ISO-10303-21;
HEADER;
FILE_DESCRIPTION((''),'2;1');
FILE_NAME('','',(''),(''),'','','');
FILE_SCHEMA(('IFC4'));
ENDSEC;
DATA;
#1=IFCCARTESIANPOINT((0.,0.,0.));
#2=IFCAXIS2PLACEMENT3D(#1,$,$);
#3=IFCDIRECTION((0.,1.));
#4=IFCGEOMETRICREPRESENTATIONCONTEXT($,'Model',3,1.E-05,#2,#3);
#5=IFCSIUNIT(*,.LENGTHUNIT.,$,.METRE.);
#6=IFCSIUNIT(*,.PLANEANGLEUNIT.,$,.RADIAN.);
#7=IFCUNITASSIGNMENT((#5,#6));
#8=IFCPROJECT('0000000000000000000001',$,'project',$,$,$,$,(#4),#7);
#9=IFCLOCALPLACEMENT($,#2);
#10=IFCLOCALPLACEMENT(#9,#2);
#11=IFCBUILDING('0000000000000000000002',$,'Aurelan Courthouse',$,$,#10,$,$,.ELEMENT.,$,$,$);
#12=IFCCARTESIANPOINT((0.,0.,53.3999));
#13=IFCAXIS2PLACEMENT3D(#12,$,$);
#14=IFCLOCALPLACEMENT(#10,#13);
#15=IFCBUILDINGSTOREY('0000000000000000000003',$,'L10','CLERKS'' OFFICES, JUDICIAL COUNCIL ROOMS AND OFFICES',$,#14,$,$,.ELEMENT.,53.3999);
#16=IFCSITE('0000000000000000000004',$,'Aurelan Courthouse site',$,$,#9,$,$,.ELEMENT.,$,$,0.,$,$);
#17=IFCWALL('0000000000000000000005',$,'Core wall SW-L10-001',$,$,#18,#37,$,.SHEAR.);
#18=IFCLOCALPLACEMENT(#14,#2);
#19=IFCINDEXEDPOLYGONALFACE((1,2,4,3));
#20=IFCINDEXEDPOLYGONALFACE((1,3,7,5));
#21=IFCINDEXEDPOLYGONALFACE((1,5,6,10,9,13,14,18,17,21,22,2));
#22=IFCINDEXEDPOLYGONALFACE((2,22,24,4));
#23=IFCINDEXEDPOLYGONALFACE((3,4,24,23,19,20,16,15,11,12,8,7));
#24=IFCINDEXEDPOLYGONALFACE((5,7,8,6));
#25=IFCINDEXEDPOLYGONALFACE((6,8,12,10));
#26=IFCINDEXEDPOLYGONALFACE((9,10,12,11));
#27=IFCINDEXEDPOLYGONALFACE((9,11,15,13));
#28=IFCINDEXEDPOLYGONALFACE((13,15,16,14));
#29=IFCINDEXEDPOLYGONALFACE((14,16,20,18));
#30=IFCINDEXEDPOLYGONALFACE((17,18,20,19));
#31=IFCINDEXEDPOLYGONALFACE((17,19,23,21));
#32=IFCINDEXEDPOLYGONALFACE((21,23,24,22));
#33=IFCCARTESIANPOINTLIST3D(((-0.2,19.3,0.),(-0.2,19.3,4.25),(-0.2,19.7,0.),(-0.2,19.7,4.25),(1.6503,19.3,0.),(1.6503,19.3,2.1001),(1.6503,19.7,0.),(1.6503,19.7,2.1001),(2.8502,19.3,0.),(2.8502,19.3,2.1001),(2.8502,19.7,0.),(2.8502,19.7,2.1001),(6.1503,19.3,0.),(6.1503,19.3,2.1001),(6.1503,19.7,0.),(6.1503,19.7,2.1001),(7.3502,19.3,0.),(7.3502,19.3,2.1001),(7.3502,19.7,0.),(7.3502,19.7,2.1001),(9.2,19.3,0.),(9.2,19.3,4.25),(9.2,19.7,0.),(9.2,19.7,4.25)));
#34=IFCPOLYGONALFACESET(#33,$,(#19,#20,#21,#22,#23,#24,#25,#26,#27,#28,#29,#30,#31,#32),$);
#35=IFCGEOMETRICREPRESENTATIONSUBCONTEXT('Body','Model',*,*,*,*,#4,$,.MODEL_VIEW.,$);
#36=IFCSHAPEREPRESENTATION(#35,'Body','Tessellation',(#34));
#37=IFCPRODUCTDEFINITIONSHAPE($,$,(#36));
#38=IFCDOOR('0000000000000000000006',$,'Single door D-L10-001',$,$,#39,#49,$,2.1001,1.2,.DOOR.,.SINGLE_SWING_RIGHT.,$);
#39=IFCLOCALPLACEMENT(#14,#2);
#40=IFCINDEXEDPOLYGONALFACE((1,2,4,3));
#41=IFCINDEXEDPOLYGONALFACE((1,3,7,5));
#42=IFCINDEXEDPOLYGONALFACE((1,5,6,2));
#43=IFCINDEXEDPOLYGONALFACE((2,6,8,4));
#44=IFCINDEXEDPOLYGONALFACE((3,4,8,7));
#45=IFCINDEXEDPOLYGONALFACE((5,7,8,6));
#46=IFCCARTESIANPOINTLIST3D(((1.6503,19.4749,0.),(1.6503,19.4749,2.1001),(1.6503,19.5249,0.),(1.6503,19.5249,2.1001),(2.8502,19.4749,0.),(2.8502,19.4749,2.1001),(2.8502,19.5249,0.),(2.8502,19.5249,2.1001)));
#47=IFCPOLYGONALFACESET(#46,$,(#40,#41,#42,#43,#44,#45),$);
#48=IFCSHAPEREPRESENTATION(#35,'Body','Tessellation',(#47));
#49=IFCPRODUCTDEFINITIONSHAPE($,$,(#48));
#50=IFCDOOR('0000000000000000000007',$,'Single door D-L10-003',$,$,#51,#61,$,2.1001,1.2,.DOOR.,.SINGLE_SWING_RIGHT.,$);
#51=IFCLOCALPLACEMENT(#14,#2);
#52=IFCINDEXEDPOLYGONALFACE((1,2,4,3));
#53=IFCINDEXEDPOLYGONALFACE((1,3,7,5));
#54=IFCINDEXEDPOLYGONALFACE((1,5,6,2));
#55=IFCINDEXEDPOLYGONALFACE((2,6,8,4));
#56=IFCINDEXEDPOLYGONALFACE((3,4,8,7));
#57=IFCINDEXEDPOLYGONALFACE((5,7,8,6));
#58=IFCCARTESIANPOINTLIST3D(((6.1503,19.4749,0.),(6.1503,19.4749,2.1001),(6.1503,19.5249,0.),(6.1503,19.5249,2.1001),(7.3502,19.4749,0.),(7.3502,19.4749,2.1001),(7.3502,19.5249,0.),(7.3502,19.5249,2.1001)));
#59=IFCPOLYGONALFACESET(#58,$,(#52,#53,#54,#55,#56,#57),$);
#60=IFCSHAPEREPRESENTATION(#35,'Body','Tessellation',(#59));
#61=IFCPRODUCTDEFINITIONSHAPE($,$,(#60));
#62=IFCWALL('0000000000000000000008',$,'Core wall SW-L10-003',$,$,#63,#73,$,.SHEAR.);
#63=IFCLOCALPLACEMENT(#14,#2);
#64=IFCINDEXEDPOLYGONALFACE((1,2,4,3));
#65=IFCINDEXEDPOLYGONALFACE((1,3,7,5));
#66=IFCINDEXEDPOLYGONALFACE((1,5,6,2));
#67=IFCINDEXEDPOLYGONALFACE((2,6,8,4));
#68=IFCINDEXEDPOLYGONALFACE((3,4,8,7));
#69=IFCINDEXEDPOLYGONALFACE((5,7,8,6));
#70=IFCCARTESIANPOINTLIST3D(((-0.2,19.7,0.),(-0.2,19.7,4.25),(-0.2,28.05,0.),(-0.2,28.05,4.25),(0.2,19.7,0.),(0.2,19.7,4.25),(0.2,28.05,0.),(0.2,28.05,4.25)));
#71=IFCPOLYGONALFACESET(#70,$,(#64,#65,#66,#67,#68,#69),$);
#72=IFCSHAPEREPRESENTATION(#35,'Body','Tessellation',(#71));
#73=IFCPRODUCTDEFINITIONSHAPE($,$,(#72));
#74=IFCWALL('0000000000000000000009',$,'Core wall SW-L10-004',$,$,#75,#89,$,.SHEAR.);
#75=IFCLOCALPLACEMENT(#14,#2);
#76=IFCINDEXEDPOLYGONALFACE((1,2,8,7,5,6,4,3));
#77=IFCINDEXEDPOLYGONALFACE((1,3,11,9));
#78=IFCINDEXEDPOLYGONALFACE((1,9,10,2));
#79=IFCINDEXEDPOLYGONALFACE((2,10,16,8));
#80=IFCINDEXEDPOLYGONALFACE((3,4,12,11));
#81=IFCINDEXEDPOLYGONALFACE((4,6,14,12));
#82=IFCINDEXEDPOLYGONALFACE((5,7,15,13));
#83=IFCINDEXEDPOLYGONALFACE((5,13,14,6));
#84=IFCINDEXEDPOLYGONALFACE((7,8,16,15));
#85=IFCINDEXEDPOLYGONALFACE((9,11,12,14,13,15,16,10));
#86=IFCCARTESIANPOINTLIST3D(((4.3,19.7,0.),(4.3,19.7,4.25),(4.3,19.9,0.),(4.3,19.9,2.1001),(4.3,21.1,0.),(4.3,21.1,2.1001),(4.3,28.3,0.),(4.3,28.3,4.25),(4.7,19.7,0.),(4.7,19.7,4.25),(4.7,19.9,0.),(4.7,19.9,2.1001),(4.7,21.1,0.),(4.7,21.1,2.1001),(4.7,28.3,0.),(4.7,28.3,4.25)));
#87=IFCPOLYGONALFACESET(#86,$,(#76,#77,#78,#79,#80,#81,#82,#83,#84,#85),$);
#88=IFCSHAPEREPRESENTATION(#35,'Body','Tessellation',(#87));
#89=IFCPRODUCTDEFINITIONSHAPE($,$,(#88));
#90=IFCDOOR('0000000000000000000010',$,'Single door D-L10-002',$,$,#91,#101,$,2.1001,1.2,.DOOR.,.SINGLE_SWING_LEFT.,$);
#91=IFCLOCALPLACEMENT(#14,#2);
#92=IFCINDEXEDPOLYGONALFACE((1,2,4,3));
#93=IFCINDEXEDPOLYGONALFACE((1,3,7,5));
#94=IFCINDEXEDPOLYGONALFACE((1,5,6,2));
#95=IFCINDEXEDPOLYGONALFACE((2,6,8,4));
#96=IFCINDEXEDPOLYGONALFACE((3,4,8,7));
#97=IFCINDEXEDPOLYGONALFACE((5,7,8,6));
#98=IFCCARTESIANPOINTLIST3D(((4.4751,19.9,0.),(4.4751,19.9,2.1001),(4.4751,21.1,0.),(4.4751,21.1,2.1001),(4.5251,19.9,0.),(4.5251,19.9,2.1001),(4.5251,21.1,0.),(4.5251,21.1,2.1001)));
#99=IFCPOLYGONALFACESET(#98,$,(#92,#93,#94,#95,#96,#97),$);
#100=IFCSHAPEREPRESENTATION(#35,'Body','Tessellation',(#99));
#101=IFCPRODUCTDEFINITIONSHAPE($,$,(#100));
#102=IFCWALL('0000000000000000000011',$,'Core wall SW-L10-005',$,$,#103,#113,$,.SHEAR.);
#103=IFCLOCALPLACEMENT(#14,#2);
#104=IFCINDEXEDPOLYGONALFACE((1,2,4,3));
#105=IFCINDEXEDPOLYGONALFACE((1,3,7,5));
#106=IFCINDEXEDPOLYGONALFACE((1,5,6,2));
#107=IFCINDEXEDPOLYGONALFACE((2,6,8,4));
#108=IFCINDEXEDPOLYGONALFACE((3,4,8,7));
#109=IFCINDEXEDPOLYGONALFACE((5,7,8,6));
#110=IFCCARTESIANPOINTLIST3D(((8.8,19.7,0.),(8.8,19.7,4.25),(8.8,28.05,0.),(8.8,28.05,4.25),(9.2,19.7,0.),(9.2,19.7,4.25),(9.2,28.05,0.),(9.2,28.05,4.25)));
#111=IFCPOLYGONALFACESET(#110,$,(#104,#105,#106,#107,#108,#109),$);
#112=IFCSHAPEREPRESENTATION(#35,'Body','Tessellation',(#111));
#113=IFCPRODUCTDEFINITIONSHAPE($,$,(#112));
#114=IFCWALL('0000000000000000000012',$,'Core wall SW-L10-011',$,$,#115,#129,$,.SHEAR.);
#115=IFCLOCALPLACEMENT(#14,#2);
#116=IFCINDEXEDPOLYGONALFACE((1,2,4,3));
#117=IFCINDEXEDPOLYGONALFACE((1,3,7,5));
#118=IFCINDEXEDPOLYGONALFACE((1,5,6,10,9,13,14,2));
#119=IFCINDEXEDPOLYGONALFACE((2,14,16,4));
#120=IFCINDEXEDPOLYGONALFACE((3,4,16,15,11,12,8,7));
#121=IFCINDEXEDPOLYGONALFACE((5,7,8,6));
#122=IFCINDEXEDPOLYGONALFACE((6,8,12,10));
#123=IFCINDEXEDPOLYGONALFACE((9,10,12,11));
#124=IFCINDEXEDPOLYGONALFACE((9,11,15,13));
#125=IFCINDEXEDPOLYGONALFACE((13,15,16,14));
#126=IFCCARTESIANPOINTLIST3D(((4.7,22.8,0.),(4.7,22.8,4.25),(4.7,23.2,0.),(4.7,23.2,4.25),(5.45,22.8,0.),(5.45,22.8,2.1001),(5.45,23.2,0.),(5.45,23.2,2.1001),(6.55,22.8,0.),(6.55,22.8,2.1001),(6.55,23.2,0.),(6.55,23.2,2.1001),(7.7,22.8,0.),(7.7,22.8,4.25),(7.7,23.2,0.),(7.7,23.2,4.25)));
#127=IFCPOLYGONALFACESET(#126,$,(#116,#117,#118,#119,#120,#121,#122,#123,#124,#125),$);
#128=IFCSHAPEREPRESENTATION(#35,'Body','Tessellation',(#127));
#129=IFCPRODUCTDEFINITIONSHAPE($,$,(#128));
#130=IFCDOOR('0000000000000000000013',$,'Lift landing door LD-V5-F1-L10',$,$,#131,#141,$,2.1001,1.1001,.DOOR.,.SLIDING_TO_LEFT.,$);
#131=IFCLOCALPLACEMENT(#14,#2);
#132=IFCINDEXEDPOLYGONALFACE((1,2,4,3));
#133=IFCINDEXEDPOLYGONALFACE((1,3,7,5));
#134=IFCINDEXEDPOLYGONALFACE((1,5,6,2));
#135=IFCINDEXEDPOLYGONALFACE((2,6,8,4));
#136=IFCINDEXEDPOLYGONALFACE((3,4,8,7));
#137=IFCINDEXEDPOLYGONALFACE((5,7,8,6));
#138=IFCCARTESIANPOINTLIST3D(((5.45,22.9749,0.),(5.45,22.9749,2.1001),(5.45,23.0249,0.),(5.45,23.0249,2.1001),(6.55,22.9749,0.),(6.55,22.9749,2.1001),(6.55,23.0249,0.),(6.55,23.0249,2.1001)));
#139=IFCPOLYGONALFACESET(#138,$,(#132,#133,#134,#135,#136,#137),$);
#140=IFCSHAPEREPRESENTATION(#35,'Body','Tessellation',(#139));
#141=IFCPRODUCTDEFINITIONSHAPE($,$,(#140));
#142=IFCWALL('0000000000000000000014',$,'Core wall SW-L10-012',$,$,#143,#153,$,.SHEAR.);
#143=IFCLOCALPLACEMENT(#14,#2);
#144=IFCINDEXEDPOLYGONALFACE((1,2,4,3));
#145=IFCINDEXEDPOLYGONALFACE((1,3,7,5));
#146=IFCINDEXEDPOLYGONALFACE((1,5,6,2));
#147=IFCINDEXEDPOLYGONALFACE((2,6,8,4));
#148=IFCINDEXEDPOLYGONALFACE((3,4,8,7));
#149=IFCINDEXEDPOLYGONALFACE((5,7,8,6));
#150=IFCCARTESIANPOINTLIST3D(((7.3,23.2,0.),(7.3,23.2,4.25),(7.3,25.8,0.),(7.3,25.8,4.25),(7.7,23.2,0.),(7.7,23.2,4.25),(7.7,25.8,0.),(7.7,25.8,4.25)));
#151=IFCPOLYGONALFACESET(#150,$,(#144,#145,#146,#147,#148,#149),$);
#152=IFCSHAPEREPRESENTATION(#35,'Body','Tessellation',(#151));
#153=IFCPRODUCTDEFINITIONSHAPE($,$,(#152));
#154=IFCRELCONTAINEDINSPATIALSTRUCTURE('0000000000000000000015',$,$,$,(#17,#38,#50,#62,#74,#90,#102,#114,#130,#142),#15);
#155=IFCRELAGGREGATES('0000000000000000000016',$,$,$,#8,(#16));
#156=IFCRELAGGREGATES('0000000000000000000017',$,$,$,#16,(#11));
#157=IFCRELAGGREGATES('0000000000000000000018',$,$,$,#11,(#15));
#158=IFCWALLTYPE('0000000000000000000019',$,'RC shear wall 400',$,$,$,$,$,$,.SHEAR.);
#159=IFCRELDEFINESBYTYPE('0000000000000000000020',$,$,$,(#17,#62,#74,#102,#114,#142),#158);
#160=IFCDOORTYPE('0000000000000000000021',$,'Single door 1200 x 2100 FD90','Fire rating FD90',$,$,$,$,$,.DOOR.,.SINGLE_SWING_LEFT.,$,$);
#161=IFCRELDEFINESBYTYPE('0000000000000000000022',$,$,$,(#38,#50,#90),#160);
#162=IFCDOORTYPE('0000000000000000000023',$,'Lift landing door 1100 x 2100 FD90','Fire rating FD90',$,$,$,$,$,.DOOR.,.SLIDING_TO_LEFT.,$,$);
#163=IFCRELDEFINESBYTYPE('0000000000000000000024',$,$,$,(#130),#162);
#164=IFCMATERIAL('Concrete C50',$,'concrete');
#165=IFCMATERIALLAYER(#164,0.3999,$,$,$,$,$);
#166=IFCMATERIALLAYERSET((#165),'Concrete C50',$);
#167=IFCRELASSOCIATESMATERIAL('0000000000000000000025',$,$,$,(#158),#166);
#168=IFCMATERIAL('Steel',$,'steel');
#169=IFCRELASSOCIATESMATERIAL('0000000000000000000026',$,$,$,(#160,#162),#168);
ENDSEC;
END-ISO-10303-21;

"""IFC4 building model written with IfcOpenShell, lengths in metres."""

from ifc_helpers import new_model, si_unit, direction, frame, frame_2d, origin, place, context, subcontext, project, spatial, rectangle, extrude, material, layer, layer_set, type_object, element, fill, save


model = new_model("IFC4")

# Units and contexts
model_context = context("Model", 3, precision=1e-05, world=origin(), true_north=direction((0.0, 1.0)))
body_context = subcontext(model_context, "Body", "Model", "MODEL_VIEW")
ifc_project = project(units=[si_unit("LENGTHUNIT", "METRE"), si_unit("PLANEANGLEUNIT", "RADIAN")], contexts=[model_context])

# Site, building, storey
site_placement = place(None, origin())
site = spatial("IfcSite", under=ifc_project, at=site_placement, Name="Aurelan Courthouse site", CompositionType="ELEMENT", RefElevation=0.0)
building_placement = place(site_placement, origin())
building = spatial("IfcBuilding", under=site, at=building_placement, Name="Aurelan Courthouse", CompositionType="ELEMENT")
storey_placement = place(building_placement, frame((0.0, 0.0, 53.3999)))
storey = spatial("IfcBuildingStorey", under=building, at=storey_placement, Name="L10", Description="CLERKS' OFFICES, JUDICIAL COUNCIL ROOMS AND OFFICES", CompositionType="ELEMENT", Elevation=53.3999)

# Shared definitions
ifc_material_1 = material(Name="Steel", Category="steel")

# Wall, openings, doors
ifc_material_2 = material(Name="Concrete C50", Category="concrete")
ifc_layer_1 = layer(ifc_material_2, 0.3999)
ifc_layer_set_1 = layer_set([ifc_layer_1], Name="Concrete C50")
wall_type_1 = type_object("IfcWallType", Name="RC shear wall 400", PredefinedType="SHEAR", material=ifc_layer_set_1)
wall_1_placement = place(storey_placement, frame((-0.2, 19.5, 0.0), z_axis=(0.0, 0.0, 1.0), x_axis=(1.0, 0.0, 0.0)))
wall_1 = element("IfcWall", 1, at=wall_1_placement, inside=storey, type_object=wall_type_1, Name="Core wall SW-L10-001", PredefinedType="SHEAR", context=body_context, shape_type="SweptSolid", body=[
    extrude(rectangle(XDim=9.3999, YDim=0.3999, at=frame_2d((4.7, 0.0))), origin(), (0.0, 0.0, 1.0), 4.25),
])
opening_1_placement = place(wall_1_placement, frame((1.8501, 0.0, 0.0)))
opening_1 = element("IfcOpeningElement", 2, at=opening_1_placement, cuts=wall_1, PredefinedType="OPENING", context=body_context, shape_type="SweptSolid", body=[
    extrude(rectangle(XDim=1.2, YDim=2.1001, at=frame_2d((0.6001, 1.05))), frame((0.0, 0.21, 0.0), z_axis=(0.0, -1.0, 0.0), x_axis=(1.0, 0.0, 0.0)), (0.0, 0.0, 1.0), 0.4199),
])
opening_2_placement = place(wall_1_placement, frame((6.3501, 0.0, 0.0)))
opening_2 = element("IfcOpeningElement", 3, at=opening_2_placement, cuts=wall_1, PredefinedType="OPENING", context=body_context, shape_type="SweptSolid", body=[
    extrude(rectangle(XDim=1.2, YDim=2.1001, at=frame_2d((0.6001, 1.05))), frame((0.0, 0.21, 0.0), z_axis=(0.0, -1.0, 0.0), x_axis=(1.0, 0.0, 0.0)), (0.0, 0.0, 1.0), 0.4199),
])
door_type_1 = type_object("IfcDoorType", Name="Single door 1200 x 2100 FD90", Description="Fire rating FD90", OperationType="SINGLE_SWING_LEFT", PredefinedType="DOOR", material=ifc_material_1)
door_1_placement = place(opening_1_placement, origin())
door_1 = element("IfcDoor", 4, at=door_1_placement, inside=storey, type_object=door_type_1, Name="Single door D-L10-001", OperationType="SINGLE_SWING_RIGHT", OverallHeight=2.1001, OverallWidth=1.2, PredefinedType="DOOR", context=body_context, shape_type="SweptSolid", body=[
    extrude(rectangle(XDim=1.2, YDim=2.1001, at=frame_2d((0.6001, 1.05))), frame((0.0, 0.0249, 0.0), z_axis=(0.0, -1.0, 0.0), x_axis=(1.0, 0.0, 0.0)), (0.0, 0.0, 1.0), 0.05),
])
fill(opening_1, door_1)
door_2_placement = place(opening_2_placement, origin())
door_2 = element("IfcDoor", 5, at=door_2_placement, inside=storey, type_object=door_type_1, Name="Single door D-L10-003", OperationType="SINGLE_SWING_RIGHT", OverallHeight=2.1001, OverallWidth=1.2, PredefinedType="DOOR", context=body_context, shape_type="SweptSolid", body=[
    extrude(rectangle(XDim=1.2, YDim=2.1001, at=frame_2d((0.6001, 1.05))), frame((0.0, 0.0249, 0.0), z_axis=(0.0, -1.0, 0.0), x_axis=(1.0, 0.0, 0.0)), (0.0, 0.0, 1.0), 0.05),
])
fill(opening_2, door_2)

# Wall
wall_2_placement = place(storey_placement, frame((0.0, 19.7, 0.0), z_axis=(0.0, 0.0, 1.0), x_axis=(0.0, 1.0, 0.0)))
element("IfcWall", 6, at=wall_2_placement, inside=storey, type_object=wall_type_1, Name="Core wall SW-L10-003", PredefinedType="SHEAR", context=body_context, shape_type="SweptSolid", body=[
    extrude(rectangle(XDim=8.3501, YDim=0.3999, at=frame_2d((4.175, 0.0))), origin(), (0.0, 0.0, 1.0), 4.25),
])

# Wall, opening, door
wall_3_placement = place(storey_placement, frame((4.5, 19.7, 0.0), z_axis=(0.0, 0.0, 1.0), x_axis=(0.0, 1.0, 0.0)))
wall_3 = element("IfcWall", 7, at=wall_3_placement, inside=storey, type_object=wall_type_1, Name="Core wall SW-L10-004", PredefinedType="SHEAR", context=body_context, shape_type="SweptSolid", body=[
    extrude(rectangle(XDim=8.6001, YDim=0.3999, at=frame_2d((4.3, 0.0))), origin(), (0.0, 0.0, 1.0), 4.25),
])
opening_3_placement = place(wall_3_placement, frame((0.2, 0.0, 0.0)))
opening_3 = element("IfcOpeningElement", 8, at=opening_3_placement, cuts=wall_3, PredefinedType="OPENING", context=body_context, shape_type="SweptSolid", body=[
    extrude(rectangle(XDim=1.2, YDim=2.1001, at=frame_2d((0.6001, 1.05))), frame((0.0, 0.21, 0.0), z_axis=(0.0, -1.0, 0.0), x_axis=(1.0, 0.0, 0.0)), (0.0, 0.0, 1.0), 0.4199),
])
door_3_placement = place(opening_3_placement, origin())
door_3 = element("IfcDoor", 9, at=door_3_placement, inside=storey, type_object=door_type_1, Name="Single door D-L10-002", OperationType="SINGLE_SWING_LEFT", OverallHeight=2.1001, OverallWidth=1.2, PredefinedType="DOOR", context=body_context, shape_type="SweptSolid", body=[
    extrude(rectangle(XDim=1.2, YDim=2.1001, at=frame_2d((0.6001, 1.05))), frame((0.0, 0.0249, 0.0), z_axis=(0.0, -1.0, 0.0), x_axis=(1.0, 0.0, 0.0)), (0.0, 0.0, 1.0), 0.05),
])
fill(opening_3, door_3)

# Wall
wall_4_placement = place(storey_placement, frame((9.0, 19.7, 0.0), z_axis=(0.0, 0.0, 1.0), x_axis=(0.0, 1.0, 0.0)))
element("IfcWall", 10, at=wall_4_placement, inside=storey, type_object=wall_type_1, Name="Core wall SW-L10-005", PredefinedType="SHEAR", context=body_context, shape_type="SweptSolid", body=[
    extrude(rectangle(XDim=8.3501, YDim=0.3999, at=frame_2d((4.175, 0.0))), origin(), (0.0, 0.0, 1.0), 4.25),
])

# Wall, opening, door
wall_5_placement = place(storey_placement, frame((4.7, 23.0, 0.0), z_axis=(0.0, 0.0, 1.0), x_axis=(1.0, 0.0, 0.0)))
wall_5 = element("IfcWall", 11, at=wall_5_placement, inside=storey, type_object=wall_type_1, Name="Core wall SW-L10-011", PredefinedType="SHEAR", context=body_context, shape_type="SweptSolid", body=[
    extrude(rectangle(XDim=3.0, YDim=0.3999, at=frame_2d((1.5, 0.0))), origin(), (0.0, 0.0, 1.0), 4.25),
])
opening_4_placement = place(wall_5_placement, frame((0.75, 0.0, 0.0)))
opening_4 = element("IfcOpeningElement", 12, at=opening_4_placement, cuts=wall_5, PredefinedType="OPENING", context=body_context, shape_type="SweptSolid", body=[
    extrude(rectangle(XDim=1.1001, YDim=2.1001, at=frame_2d((0.55, 1.05))), frame((0.0, 0.21, 0.0), z_axis=(0.0, -1.0, 0.0), x_axis=(1.0, 0.0, 0.0)), (0.0, 0.0, 1.0), 0.4199),
])
door_type_2 = type_object("IfcDoorType", Name="Lift landing door 1100 x 2100 FD90", Description="Fire rating FD90", OperationType="SLIDING_TO_LEFT", PredefinedType="DOOR", material=ifc_material_1)
door_4_placement = place(opening_4_placement, origin())
door_4 = element("IfcDoor", 13, at=door_4_placement, inside=storey, type_object=door_type_2, Name="Lift landing door LD-V5-F1-L10", OperationType="SLIDING_TO_LEFT", OverallHeight=2.1001, OverallWidth=1.1001, PredefinedType="DOOR", context=body_context, shape_type="SweptSolid", body=[
    extrude(rectangle(XDim=1.1001, YDim=2.1001, at=frame_2d((0.55, 1.05))), frame((0.0, 0.0249, 0.0), z_axis=(0.0, -1.0, 0.0), x_axis=(1.0, 0.0, 0.0)), (0.0, 0.0, 1.0), 0.05),
])
fill(opening_4, door_4)

# Wall
wall_6_placement = place(storey_placement, frame((7.5, 23.2, 0.0), z_axis=(0.0, 0.0, 1.0), x_axis=(0.0, 1.0, 0.0)))
element("IfcWall", 14, at=wall_6_placement, inside=storey, type_object=wall_type_1, Name="Core wall SW-L10-012", PredefinedType="SHEAR", context=body_context, shape_type="SweptSolid", body=[
    extrude(rectangle(XDim=2.6001, YDim=0.3999, at=frame_2d((1.3, 0.0))), origin(), (0.0, 0.0, 1.0), 4.25),
])

save(model, "model.ifc")
